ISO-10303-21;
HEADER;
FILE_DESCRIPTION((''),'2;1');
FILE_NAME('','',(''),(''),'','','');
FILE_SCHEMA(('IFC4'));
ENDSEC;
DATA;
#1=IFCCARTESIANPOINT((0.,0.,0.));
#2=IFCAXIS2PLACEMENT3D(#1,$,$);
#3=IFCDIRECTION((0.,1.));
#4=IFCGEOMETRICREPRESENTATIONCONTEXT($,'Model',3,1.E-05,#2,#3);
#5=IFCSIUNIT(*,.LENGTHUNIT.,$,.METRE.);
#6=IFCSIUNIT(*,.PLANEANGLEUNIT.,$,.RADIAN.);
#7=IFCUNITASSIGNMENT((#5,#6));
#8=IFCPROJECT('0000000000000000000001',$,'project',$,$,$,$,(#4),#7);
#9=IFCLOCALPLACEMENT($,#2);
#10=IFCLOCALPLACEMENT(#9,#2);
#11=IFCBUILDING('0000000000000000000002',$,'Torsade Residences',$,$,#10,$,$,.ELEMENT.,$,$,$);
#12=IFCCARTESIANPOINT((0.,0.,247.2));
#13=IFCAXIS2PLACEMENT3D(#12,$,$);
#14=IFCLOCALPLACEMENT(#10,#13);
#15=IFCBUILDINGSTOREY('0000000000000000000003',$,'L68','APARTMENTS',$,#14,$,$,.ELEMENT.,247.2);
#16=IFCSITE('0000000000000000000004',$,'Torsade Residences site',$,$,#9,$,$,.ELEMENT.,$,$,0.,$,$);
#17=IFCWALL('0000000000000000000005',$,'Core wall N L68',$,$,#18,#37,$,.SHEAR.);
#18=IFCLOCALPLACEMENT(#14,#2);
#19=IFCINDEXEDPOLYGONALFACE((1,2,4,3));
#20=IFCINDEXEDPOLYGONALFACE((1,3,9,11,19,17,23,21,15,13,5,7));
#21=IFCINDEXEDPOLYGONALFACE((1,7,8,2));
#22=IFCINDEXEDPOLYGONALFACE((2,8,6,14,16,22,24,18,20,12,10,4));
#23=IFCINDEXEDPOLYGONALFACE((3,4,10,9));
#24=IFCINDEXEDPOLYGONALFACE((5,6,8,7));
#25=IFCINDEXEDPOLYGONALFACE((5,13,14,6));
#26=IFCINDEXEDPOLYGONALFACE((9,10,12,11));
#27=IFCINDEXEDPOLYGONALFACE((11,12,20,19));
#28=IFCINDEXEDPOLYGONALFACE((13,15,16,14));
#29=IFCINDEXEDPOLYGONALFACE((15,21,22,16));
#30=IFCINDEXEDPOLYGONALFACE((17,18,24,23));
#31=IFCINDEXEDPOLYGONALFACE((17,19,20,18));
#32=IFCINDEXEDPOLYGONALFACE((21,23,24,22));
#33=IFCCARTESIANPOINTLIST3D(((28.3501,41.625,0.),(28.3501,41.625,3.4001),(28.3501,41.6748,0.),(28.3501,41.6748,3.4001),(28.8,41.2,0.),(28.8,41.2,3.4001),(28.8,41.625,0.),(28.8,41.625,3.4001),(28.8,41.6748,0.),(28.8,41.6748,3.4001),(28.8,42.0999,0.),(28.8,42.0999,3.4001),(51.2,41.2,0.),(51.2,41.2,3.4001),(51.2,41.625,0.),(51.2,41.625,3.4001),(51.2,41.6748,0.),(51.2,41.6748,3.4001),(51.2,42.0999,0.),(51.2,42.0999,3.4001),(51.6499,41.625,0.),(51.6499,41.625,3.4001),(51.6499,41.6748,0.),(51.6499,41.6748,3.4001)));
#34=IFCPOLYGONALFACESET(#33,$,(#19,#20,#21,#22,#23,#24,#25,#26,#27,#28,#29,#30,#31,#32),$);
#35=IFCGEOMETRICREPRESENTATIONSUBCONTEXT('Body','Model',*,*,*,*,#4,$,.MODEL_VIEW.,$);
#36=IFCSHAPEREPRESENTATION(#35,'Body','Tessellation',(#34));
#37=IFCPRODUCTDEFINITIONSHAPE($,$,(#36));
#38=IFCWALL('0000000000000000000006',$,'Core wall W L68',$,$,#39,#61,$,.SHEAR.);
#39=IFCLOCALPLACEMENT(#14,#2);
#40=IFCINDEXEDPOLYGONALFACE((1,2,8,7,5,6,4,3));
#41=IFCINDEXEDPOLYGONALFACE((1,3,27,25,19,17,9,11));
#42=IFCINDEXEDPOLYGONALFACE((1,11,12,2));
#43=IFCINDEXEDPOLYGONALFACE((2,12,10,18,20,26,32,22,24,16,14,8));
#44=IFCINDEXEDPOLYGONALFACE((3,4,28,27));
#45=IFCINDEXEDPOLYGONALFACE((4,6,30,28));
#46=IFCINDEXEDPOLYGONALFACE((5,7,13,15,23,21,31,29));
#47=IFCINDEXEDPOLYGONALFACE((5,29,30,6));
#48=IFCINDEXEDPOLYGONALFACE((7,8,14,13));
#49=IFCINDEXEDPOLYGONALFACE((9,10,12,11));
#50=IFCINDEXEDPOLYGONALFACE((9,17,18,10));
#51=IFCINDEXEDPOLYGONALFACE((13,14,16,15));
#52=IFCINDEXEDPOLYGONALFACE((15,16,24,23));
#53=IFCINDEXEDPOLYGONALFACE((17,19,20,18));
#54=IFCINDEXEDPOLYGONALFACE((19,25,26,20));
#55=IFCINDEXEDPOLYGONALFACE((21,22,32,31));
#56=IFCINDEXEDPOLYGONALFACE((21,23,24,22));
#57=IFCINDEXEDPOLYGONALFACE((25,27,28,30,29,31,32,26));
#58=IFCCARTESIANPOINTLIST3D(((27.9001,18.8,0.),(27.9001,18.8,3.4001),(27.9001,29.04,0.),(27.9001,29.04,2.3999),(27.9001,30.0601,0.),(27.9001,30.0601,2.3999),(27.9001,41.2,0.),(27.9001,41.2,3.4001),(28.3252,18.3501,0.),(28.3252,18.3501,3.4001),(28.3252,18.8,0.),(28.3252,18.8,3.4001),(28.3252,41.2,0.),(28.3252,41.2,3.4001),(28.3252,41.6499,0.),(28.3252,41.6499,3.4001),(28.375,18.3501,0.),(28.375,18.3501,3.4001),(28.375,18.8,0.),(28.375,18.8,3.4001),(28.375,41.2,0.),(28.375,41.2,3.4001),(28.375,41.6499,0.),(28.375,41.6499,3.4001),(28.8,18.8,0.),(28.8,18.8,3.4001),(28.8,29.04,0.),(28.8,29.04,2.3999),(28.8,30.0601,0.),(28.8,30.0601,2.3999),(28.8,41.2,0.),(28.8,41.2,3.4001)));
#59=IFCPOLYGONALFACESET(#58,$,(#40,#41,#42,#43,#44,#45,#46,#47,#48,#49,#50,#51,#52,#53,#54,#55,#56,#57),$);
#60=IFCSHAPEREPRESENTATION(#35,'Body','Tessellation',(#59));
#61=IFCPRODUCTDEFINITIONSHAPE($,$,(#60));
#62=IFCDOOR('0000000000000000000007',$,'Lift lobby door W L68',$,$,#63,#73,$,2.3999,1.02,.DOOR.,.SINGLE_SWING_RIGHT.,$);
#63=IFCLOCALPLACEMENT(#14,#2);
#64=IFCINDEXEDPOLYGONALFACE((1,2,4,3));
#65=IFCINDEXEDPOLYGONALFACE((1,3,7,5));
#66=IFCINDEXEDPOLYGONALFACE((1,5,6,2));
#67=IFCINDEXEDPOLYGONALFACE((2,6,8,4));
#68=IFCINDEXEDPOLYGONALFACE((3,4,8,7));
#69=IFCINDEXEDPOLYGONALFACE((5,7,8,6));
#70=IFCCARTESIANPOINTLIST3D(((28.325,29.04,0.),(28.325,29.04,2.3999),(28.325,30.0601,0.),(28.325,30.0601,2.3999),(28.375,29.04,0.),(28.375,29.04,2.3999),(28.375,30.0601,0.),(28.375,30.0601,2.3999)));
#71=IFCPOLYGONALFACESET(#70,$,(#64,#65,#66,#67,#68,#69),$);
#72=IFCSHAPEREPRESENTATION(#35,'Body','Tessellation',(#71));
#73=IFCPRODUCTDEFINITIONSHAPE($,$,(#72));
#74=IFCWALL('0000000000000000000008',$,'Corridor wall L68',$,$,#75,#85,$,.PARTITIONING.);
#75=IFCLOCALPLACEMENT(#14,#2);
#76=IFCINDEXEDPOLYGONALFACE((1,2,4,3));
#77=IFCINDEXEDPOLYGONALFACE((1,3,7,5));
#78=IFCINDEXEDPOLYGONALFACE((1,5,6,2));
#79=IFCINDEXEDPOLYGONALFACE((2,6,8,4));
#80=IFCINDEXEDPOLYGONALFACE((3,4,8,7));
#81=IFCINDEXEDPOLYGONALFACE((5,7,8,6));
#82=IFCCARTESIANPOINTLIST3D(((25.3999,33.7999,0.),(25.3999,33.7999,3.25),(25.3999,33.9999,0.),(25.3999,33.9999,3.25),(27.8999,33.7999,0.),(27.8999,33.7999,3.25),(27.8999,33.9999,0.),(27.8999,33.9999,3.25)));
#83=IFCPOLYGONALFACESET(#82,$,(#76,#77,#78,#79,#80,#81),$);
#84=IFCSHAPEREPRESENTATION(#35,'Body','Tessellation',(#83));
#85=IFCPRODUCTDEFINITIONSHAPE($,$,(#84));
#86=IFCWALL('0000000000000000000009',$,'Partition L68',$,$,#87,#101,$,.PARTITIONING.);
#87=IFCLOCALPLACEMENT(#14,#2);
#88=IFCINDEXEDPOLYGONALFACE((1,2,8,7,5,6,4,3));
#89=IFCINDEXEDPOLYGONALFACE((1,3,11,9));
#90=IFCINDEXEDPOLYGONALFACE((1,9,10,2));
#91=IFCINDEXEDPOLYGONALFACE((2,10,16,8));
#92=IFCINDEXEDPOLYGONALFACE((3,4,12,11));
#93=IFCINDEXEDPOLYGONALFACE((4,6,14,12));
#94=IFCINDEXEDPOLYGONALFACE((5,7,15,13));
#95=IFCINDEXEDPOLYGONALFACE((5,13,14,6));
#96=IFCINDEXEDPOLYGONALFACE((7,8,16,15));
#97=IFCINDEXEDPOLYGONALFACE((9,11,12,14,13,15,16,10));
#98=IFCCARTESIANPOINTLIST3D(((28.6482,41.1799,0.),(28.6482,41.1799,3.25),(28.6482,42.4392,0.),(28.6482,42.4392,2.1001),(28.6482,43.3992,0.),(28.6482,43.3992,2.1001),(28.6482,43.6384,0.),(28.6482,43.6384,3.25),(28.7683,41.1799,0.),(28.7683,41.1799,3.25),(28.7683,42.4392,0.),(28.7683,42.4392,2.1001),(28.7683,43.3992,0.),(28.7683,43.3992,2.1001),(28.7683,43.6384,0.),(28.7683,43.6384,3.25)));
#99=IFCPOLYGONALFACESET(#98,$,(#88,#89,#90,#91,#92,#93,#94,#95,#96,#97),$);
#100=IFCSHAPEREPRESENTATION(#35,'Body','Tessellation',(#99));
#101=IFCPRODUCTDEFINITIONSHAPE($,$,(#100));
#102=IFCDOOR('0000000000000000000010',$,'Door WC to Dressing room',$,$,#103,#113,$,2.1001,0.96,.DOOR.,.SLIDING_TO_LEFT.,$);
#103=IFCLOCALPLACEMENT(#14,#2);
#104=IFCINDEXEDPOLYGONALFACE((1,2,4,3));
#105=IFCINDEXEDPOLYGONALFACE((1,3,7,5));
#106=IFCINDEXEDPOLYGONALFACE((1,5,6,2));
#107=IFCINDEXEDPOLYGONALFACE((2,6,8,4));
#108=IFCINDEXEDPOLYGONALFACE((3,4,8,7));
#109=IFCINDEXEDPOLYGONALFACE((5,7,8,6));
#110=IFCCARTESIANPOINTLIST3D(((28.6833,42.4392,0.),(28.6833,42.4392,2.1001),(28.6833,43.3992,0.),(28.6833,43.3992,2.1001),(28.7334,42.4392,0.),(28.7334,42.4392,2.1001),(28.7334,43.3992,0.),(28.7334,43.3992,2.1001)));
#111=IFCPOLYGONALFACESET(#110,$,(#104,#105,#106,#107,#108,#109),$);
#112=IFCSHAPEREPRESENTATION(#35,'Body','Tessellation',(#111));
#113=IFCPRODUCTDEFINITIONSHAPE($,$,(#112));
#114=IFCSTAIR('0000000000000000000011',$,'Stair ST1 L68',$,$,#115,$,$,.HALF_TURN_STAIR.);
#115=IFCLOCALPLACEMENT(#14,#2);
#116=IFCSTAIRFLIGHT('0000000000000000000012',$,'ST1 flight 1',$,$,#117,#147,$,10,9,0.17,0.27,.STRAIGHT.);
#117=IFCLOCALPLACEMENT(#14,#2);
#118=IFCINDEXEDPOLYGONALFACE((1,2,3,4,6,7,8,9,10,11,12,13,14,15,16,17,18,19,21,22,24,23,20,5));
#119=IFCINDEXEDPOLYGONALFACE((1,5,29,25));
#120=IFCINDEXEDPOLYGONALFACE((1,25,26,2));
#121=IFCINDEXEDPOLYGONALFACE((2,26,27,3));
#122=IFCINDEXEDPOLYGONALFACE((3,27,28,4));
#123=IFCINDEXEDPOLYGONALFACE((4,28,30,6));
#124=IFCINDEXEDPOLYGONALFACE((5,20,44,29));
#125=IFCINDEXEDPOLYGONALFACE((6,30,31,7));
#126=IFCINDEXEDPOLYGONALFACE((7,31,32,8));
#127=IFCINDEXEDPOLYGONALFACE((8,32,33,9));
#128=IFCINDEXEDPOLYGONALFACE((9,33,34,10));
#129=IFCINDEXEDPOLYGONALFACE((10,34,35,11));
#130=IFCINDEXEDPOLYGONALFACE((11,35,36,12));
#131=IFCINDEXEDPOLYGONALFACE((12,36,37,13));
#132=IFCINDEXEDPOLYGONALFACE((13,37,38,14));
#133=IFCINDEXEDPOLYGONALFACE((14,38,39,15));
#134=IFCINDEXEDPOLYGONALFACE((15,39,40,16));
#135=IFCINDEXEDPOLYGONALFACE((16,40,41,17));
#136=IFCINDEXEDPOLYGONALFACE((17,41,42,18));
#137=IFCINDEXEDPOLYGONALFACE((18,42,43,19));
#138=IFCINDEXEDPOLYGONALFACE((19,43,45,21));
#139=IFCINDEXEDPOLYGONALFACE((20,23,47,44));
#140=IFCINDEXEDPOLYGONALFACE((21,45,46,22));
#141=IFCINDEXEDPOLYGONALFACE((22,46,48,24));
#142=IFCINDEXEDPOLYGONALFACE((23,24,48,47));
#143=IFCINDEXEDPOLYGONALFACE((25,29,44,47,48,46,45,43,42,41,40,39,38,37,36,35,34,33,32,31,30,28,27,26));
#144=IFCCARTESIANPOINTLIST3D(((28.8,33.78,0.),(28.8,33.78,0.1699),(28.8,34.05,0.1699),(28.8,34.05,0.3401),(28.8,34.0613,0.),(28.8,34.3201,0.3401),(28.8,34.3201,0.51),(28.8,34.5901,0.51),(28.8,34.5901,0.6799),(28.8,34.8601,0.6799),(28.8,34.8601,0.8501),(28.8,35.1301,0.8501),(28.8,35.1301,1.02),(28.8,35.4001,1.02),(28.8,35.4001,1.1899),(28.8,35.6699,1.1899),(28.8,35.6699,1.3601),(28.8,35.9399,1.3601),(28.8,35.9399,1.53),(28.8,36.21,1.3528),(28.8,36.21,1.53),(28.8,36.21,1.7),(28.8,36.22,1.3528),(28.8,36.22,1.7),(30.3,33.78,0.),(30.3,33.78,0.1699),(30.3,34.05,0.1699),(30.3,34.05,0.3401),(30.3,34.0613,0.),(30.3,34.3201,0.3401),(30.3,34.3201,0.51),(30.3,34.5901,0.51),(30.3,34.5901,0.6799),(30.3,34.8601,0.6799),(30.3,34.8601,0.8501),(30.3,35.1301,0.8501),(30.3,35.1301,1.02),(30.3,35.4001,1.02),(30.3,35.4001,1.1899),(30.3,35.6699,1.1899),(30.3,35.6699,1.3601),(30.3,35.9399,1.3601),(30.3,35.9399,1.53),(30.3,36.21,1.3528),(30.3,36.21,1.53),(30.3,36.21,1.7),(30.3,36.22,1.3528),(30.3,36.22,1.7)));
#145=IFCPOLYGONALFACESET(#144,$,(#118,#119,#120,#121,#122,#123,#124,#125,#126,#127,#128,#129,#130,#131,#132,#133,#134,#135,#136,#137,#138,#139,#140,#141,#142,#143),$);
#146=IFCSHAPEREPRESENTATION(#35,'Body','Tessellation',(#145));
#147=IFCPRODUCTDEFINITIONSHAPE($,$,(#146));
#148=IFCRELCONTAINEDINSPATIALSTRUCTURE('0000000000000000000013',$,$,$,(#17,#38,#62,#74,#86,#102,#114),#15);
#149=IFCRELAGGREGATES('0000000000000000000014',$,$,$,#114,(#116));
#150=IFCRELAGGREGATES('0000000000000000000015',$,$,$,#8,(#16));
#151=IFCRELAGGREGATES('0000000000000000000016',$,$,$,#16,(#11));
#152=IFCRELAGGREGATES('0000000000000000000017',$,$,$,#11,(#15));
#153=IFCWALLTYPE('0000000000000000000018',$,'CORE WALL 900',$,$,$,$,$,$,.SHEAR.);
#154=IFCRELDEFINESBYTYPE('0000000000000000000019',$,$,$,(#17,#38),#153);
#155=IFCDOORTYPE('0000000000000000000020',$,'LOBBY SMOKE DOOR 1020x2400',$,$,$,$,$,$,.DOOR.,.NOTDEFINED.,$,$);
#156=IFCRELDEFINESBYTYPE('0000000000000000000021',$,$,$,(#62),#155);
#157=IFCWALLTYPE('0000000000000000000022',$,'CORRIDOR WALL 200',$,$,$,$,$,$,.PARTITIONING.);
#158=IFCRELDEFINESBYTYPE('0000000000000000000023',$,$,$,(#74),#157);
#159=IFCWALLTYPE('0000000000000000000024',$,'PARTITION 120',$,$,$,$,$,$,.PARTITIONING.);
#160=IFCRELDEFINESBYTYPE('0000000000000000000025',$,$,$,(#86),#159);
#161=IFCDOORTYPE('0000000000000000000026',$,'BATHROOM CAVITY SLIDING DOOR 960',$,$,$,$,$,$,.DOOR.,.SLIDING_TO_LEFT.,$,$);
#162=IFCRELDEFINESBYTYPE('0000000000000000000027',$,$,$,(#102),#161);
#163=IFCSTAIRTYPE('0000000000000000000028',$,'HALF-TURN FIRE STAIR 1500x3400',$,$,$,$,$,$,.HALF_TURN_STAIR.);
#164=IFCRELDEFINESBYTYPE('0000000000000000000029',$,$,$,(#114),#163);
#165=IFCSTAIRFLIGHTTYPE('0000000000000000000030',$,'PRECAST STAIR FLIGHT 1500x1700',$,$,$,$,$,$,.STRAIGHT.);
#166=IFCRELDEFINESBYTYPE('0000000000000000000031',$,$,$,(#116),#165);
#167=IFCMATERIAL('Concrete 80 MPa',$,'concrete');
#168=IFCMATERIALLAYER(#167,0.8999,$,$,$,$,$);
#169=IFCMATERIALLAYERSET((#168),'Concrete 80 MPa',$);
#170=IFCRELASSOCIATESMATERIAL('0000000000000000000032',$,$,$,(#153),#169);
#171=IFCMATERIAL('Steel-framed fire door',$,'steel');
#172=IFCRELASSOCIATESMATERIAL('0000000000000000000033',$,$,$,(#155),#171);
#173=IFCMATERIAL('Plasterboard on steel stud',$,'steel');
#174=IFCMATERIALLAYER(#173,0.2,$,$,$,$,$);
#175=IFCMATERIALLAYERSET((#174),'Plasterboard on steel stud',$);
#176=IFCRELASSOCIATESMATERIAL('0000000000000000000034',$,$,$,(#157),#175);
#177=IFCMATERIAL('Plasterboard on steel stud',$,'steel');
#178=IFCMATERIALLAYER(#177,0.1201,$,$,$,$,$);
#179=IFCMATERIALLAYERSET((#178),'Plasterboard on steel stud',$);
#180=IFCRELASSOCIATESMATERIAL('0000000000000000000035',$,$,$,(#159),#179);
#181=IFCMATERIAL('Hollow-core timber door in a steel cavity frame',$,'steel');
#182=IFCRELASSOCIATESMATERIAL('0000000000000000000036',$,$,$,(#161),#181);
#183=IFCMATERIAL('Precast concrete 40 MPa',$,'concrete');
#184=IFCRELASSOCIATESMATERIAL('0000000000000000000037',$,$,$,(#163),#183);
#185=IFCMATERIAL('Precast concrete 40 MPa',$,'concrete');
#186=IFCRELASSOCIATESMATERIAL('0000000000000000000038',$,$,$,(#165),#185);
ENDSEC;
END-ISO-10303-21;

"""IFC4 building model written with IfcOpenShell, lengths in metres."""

from ifc_helpers import new_model, si_unit, direction, frame, frame_2d, origin, place, context, subcontext, project, spatial, polyline, rectangle, outline, extrude, material, layer, layer_set, type_object, element, fill, aggregate, save


model = new_model("IFC4")

# Units and contexts
model_context = context("Model", 3, precision=1e-05, world=origin(), true_north=direction((0.0, 1.0)))
body_context = subcontext(model_context, "Body", "Model", "MODEL_VIEW")
ifc_project = project(units=[si_unit("LENGTHUNIT", "METRE"), si_unit("PLANEANGLEUNIT", "RADIAN")], contexts=[model_context])

# Site, building, storey
site_placement = place(None, origin())
site = spatial("IfcSite", under=ifc_project, at=site_placement, Name="Torsade Residences site", CompositionType="ELEMENT", RefElevation=0.0)
building_placement = place(site_placement, origin())
building = spatial("IfcBuilding", under=site, at=building_placement, Name="Torsade Residences", CompositionType="ELEMENT")
storey_placement = place(building_placement, frame((0.0, 0.0, 247.2)))
storey = spatial("IfcBuildingStorey", under=building, at=storey_placement, Name="L68", Description="APARTMENTS", CompositionType="ELEMENT", Elevation=247.2)

# Wall
ifc_material_1 = material(Name="Concrete 80 MPa", Category="concrete")
ifc_layer_1 = layer(ifc_material_1, 0.8999)
ifc_layer_set_1 = layer_set([ifc_layer_1], Name="Concrete 80 MPa")
wall_type_1 = type_object("IfcWallType", Name="CORE WALL 900", PredefinedType="SHEAR", material=ifc_layer_set_1)
wall_1_placement = place(storey_placement, frame((28.8, 41.6499, 0.0), z_axis=(0.0, 0.0, 1.0), x_axis=(1.0, 0.0, 0.0)))
element("IfcWall", 1, at=wall_1_placement, inside=storey, type_object=wall_type_1, Name="Core wall N L68", PredefinedType="SHEAR", context=body_context, shape_type="SweptSolid", body=[
    extrude(outline(polyline([(0.0, -0.45), (22.3999, -0.45), (22.3999, -0.0249), (22.8499, -0.0249), (22.8499, 0.0249), (22.3999, 0.0249), (22.3999, 0.45), (0.0, 0.45), (0.0, 0.0249), (-0.45, 0.0249), (-0.45, -0.0249), (0.0, -0.0249), (0.0, -0.45)])), origin(), (0.0, 0.0, 1.0), 3.4001),
])

# Wall, opening, door
wall_2_placement = place(storey_placement, frame((28.3501, 41.2, 0.0), z_axis=(0.0, 0.0, 1.0), x_axis=(0.0, -1.0, 0.0)))
wall_2 = element("IfcWall", 2, at=wall_2_placement, inside=storey, type_object=wall_type_1, Name="Core wall W L68", PredefinedType="SHEAR", context=body_context, shape_type="SweptSolid", body=[
    extrude(outline(polyline([(0.0, -0.45), (22.3999, -0.45), (22.3999, -0.0249), (22.8499, -0.0249), (22.8499, 0.0249), (22.3999, 0.0249), (22.3999, 0.45), (0.0, 0.45), (0.0, 0.0249), (-0.45, 0.0249), (-0.45, -0.0249), (0.0, -0.0249), (0.0, -0.45)])), origin(), (0.0, 0.0, 1.0), 3.4001),
])
opening_1_placement = place(wall_2_placement, frame((11.1399, 0.0, 0.0)))
opening_1 = element("IfcOpeningElement", 3, at=opening_1_placement, cuts=wall_2, PredefinedType="OPENING", context=body_context, shape_type="SweptSolid", body=[
    extrude(rectangle(XDim=1.02, YDim=2.3999, at=frame_2d((0.51, 1.2))), frame((0.0, 0.46, 0.0), z_axis=(0.0, -1.0, 0.0), x_axis=(1.0, 0.0, 0.0)), (0.0, 0.0, 1.0), 0.9199),
])
ifc_material_2 = material(Name="Steel-framed fire door", Category="steel")
door_type_1 = type_object("IfcDoorType", Name="LOBBY SMOKE DOOR 1020x2400", OperationType="NOTDEFINED", PredefinedType="DOOR", material=ifc_material_2)
door_1_placement = place(opening_1_placement, origin())
door_1 = element("IfcDoor", 4, at=door_1_placement, inside=storey, type_object=door_type_1, Name="Lift lobby door W L68", OperationType="SINGLE_SWING_RIGHT", OverallHeight=2.3999, OverallWidth=1.02, PredefinedType="DOOR", context=body_context, shape_type="SweptSolid", body=[
    extrude(rectangle(XDim=1.02, YDim=2.3999, at=frame_2d((0.51, 1.2))), frame((0.0, 0.0249, 0.0), z_axis=(0.0, -1.0, 0.0), x_axis=(1.0, 0.0, 0.0)), (0.0, 0.0, 1.0), 0.05),
])
fill(opening_1, door_1)

# Wall
ifc_material_3 = material(Name="Plasterboard on steel stud", Category="steel")
ifc_layer_2 = layer(ifc_material_3, 0.2)
ifc_layer_set_2 = layer_set([ifc_layer_2], Name="Plasterboard on steel stud")
wall_type_2 = type_object("IfcWallType", Name="CORRIDOR WALL 200", PredefinedType="PARTITIONING", material=ifc_layer_set_2)
wall_3_placement = place(storey_placement, frame((27.8999, 33.8999, 0.0), z_axis=(0.0, 0.0, 1.0), x_axis=(-1.0, 0.0, 0.0)))
element("IfcWall", 5, at=wall_3_placement, inside=storey, type_object=wall_type_2, Name="Corridor wall L68", PredefinedType="PARTITIONING", context=body_context, shape_type="SweptSolid", body=[
    extrude(rectangle(XDim=2.5, YDim=0.2, at=frame_2d((1.25, 0.0))), origin(), (0.0, 0.0, 1.0), 3.25),
])

# Wall, opening, door
ifc_material_4 = material(Name="Plasterboard on steel stud", Category="steel")
ifc_layer_3 = layer(ifc_material_4, 0.1201)
ifc_layer_set_3 = layer_set([ifc_layer_3], Name="Plasterboard on steel stud")
wall_type_3 = type_object("IfcWallType", Name="PARTITION 120", PredefinedType="PARTITIONING", material=ifc_layer_set_3)
wall_4_placement = place(storey_placement, frame((28.7083, 41.1799, 0.0), z_axis=(0.0, 0.0, 1.0), x_axis=(0.0, 1.0, 0.0)))
wall_4 = element("IfcWall", 6, at=wall_4_placement, inside=storey, type_object=wall_type_3, Name="Partition L68", PredefinedType="PARTITIONING", context=body_context, shape_type="SweptSolid", body=[
    extrude(rectangle(XDim=2.4585, YDim=0.1201, at=frame_2d((1.2292, 0.0))), origin(), (0.0, 0.0, 1.0), 3.25),
])
opening_2_placement = place(wall_4_placement, frame((1.2593, 0.0, 0.0)))
opening_2 = element("IfcOpeningElement", 7, at=opening_2_placement, cuts=wall_4, PredefinedType="OPENING", context=body_context, shape_type="SweptSolid", body=[
    extrude(rectangle(XDim=0.96, YDim=2.1001, at=frame_2d((0.48, 1.05))), frame((0.0, 0.0701, 0.0), z_axis=(0.0, -1.0, 0.0), x_axis=(1.0, 0.0, 0.0)), (0.0, 0.0, 1.0), 0.1401),
])
ifc_material_5 = material(Name="Hollow-core timber door in a steel cavity frame", Category="steel")
door_type_2 = type_object("IfcDoorType", Name="BATHROOM CAVITY SLIDING DOOR 960", OperationType="SLIDING_TO_LEFT", PredefinedType="DOOR", material=ifc_material_5)
door_2_placement = place(opening_2_placement, origin())
door_2 = element("IfcDoor", 8, at=door_2_placement, inside=storey, type_object=door_type_2, Name="Door WC to Dressing room", OperationType="SLIDING_TO_LEFT", OverallHeight=2.1001, OverallWidth=0.96, PredefinedType="DOOR", context=body_context, shape_type="SweptSolid", body=[
    extrude(rectangle(XDim=0.96, YDim=2.1001, at=frame_2d((0.48, 1.05))), frame((0.0, 0.0249, 0.0), z_axis=(0.0, -1.0, 0.0), x_axis=(1.0, 0.0, 0.0)), (0.0, 0.0, 1.0), 0.05),
])
fill(opening_2, door_2)

# Stair, stair flight
ifc_material_6 = material(Name="Precast concrete 40 MPa", Category="concrete")
stair_type = type_object("IfcStairType", Name="HALF-TURN FIRE STAIR 1500x3400", PredefinedType="HALF_TURN_STAIR", material=ifc_material_6)
stair_placement = place(storey_placement, origin())
stair = element("IfcStair", 9, at=stair_placement, inside=storey, type_object=stair_type, Name="Stair ST1 L68", PredefinedType="HALF_TURN_STAIR")
ifc_material_7 = material(Name="Precast concrete 40 MPa", Category="concrete")
stair_flight_type = type_object("IfcStairFlightType", Name="PRECAST STAIR FLIGHT 1500x1700", PredefinedType="STRAIGHT", material=ifc_material_7)
stair_flight_placement = place(storey_placement, frame((29.55, 33.78, 0.0), z_axis=(0.0, 0.0, 1.0), x_axis=(0.0, 1.0, 0.0)))
stair_flight = element("IfcStairFlight", 10, at=stair_flight_placement, type_object=stair_flight_type, Name="ST1 flight 1", NumberOfRisers=10, NumberOfTreads=9, PredefinedType="STRAIGHT", RiserHeight=0.17, TreadLength=0.27, context=body_context, shape_type="SweptSolid", body=[
    extrude(outline(polyline([(0.0, 0.0), (0.0, 0.1699), (0.27, 0.1699), (0.27, 0.3401), (0.54, 0.3401), (0.54, 0.51), (0.8101, 0.51), (0.8101, 0.6799), (1.0801, 0.6799), (1.0801, 0.8501), (1.3501, 0.8501), (1.3501, 1.02), (1.6201, 1.02), (1.6201, 1.1899), (1.8899, 1.1899), (1.8899, 1.3601), (2.1599, 1.3601), (2.1599, 1.53), (2.4299, 1.53), (2.4299, 1.7), (2.4399, 1.7), (2.4399, 1.3528), (2.4299, 1.3528), (0.2812, 0.0), (0.0, 0.0)])), frame((0.0, 0.75, 0.0), z_axis=(0.0, -1.0, 0.0), x_axis=(1.0, 0.0, 0.0)), (0.0, 0.0, 1.0), 1.5),
])
aggregate(stair, [stair_flight])

save(model, "model.ifc")
